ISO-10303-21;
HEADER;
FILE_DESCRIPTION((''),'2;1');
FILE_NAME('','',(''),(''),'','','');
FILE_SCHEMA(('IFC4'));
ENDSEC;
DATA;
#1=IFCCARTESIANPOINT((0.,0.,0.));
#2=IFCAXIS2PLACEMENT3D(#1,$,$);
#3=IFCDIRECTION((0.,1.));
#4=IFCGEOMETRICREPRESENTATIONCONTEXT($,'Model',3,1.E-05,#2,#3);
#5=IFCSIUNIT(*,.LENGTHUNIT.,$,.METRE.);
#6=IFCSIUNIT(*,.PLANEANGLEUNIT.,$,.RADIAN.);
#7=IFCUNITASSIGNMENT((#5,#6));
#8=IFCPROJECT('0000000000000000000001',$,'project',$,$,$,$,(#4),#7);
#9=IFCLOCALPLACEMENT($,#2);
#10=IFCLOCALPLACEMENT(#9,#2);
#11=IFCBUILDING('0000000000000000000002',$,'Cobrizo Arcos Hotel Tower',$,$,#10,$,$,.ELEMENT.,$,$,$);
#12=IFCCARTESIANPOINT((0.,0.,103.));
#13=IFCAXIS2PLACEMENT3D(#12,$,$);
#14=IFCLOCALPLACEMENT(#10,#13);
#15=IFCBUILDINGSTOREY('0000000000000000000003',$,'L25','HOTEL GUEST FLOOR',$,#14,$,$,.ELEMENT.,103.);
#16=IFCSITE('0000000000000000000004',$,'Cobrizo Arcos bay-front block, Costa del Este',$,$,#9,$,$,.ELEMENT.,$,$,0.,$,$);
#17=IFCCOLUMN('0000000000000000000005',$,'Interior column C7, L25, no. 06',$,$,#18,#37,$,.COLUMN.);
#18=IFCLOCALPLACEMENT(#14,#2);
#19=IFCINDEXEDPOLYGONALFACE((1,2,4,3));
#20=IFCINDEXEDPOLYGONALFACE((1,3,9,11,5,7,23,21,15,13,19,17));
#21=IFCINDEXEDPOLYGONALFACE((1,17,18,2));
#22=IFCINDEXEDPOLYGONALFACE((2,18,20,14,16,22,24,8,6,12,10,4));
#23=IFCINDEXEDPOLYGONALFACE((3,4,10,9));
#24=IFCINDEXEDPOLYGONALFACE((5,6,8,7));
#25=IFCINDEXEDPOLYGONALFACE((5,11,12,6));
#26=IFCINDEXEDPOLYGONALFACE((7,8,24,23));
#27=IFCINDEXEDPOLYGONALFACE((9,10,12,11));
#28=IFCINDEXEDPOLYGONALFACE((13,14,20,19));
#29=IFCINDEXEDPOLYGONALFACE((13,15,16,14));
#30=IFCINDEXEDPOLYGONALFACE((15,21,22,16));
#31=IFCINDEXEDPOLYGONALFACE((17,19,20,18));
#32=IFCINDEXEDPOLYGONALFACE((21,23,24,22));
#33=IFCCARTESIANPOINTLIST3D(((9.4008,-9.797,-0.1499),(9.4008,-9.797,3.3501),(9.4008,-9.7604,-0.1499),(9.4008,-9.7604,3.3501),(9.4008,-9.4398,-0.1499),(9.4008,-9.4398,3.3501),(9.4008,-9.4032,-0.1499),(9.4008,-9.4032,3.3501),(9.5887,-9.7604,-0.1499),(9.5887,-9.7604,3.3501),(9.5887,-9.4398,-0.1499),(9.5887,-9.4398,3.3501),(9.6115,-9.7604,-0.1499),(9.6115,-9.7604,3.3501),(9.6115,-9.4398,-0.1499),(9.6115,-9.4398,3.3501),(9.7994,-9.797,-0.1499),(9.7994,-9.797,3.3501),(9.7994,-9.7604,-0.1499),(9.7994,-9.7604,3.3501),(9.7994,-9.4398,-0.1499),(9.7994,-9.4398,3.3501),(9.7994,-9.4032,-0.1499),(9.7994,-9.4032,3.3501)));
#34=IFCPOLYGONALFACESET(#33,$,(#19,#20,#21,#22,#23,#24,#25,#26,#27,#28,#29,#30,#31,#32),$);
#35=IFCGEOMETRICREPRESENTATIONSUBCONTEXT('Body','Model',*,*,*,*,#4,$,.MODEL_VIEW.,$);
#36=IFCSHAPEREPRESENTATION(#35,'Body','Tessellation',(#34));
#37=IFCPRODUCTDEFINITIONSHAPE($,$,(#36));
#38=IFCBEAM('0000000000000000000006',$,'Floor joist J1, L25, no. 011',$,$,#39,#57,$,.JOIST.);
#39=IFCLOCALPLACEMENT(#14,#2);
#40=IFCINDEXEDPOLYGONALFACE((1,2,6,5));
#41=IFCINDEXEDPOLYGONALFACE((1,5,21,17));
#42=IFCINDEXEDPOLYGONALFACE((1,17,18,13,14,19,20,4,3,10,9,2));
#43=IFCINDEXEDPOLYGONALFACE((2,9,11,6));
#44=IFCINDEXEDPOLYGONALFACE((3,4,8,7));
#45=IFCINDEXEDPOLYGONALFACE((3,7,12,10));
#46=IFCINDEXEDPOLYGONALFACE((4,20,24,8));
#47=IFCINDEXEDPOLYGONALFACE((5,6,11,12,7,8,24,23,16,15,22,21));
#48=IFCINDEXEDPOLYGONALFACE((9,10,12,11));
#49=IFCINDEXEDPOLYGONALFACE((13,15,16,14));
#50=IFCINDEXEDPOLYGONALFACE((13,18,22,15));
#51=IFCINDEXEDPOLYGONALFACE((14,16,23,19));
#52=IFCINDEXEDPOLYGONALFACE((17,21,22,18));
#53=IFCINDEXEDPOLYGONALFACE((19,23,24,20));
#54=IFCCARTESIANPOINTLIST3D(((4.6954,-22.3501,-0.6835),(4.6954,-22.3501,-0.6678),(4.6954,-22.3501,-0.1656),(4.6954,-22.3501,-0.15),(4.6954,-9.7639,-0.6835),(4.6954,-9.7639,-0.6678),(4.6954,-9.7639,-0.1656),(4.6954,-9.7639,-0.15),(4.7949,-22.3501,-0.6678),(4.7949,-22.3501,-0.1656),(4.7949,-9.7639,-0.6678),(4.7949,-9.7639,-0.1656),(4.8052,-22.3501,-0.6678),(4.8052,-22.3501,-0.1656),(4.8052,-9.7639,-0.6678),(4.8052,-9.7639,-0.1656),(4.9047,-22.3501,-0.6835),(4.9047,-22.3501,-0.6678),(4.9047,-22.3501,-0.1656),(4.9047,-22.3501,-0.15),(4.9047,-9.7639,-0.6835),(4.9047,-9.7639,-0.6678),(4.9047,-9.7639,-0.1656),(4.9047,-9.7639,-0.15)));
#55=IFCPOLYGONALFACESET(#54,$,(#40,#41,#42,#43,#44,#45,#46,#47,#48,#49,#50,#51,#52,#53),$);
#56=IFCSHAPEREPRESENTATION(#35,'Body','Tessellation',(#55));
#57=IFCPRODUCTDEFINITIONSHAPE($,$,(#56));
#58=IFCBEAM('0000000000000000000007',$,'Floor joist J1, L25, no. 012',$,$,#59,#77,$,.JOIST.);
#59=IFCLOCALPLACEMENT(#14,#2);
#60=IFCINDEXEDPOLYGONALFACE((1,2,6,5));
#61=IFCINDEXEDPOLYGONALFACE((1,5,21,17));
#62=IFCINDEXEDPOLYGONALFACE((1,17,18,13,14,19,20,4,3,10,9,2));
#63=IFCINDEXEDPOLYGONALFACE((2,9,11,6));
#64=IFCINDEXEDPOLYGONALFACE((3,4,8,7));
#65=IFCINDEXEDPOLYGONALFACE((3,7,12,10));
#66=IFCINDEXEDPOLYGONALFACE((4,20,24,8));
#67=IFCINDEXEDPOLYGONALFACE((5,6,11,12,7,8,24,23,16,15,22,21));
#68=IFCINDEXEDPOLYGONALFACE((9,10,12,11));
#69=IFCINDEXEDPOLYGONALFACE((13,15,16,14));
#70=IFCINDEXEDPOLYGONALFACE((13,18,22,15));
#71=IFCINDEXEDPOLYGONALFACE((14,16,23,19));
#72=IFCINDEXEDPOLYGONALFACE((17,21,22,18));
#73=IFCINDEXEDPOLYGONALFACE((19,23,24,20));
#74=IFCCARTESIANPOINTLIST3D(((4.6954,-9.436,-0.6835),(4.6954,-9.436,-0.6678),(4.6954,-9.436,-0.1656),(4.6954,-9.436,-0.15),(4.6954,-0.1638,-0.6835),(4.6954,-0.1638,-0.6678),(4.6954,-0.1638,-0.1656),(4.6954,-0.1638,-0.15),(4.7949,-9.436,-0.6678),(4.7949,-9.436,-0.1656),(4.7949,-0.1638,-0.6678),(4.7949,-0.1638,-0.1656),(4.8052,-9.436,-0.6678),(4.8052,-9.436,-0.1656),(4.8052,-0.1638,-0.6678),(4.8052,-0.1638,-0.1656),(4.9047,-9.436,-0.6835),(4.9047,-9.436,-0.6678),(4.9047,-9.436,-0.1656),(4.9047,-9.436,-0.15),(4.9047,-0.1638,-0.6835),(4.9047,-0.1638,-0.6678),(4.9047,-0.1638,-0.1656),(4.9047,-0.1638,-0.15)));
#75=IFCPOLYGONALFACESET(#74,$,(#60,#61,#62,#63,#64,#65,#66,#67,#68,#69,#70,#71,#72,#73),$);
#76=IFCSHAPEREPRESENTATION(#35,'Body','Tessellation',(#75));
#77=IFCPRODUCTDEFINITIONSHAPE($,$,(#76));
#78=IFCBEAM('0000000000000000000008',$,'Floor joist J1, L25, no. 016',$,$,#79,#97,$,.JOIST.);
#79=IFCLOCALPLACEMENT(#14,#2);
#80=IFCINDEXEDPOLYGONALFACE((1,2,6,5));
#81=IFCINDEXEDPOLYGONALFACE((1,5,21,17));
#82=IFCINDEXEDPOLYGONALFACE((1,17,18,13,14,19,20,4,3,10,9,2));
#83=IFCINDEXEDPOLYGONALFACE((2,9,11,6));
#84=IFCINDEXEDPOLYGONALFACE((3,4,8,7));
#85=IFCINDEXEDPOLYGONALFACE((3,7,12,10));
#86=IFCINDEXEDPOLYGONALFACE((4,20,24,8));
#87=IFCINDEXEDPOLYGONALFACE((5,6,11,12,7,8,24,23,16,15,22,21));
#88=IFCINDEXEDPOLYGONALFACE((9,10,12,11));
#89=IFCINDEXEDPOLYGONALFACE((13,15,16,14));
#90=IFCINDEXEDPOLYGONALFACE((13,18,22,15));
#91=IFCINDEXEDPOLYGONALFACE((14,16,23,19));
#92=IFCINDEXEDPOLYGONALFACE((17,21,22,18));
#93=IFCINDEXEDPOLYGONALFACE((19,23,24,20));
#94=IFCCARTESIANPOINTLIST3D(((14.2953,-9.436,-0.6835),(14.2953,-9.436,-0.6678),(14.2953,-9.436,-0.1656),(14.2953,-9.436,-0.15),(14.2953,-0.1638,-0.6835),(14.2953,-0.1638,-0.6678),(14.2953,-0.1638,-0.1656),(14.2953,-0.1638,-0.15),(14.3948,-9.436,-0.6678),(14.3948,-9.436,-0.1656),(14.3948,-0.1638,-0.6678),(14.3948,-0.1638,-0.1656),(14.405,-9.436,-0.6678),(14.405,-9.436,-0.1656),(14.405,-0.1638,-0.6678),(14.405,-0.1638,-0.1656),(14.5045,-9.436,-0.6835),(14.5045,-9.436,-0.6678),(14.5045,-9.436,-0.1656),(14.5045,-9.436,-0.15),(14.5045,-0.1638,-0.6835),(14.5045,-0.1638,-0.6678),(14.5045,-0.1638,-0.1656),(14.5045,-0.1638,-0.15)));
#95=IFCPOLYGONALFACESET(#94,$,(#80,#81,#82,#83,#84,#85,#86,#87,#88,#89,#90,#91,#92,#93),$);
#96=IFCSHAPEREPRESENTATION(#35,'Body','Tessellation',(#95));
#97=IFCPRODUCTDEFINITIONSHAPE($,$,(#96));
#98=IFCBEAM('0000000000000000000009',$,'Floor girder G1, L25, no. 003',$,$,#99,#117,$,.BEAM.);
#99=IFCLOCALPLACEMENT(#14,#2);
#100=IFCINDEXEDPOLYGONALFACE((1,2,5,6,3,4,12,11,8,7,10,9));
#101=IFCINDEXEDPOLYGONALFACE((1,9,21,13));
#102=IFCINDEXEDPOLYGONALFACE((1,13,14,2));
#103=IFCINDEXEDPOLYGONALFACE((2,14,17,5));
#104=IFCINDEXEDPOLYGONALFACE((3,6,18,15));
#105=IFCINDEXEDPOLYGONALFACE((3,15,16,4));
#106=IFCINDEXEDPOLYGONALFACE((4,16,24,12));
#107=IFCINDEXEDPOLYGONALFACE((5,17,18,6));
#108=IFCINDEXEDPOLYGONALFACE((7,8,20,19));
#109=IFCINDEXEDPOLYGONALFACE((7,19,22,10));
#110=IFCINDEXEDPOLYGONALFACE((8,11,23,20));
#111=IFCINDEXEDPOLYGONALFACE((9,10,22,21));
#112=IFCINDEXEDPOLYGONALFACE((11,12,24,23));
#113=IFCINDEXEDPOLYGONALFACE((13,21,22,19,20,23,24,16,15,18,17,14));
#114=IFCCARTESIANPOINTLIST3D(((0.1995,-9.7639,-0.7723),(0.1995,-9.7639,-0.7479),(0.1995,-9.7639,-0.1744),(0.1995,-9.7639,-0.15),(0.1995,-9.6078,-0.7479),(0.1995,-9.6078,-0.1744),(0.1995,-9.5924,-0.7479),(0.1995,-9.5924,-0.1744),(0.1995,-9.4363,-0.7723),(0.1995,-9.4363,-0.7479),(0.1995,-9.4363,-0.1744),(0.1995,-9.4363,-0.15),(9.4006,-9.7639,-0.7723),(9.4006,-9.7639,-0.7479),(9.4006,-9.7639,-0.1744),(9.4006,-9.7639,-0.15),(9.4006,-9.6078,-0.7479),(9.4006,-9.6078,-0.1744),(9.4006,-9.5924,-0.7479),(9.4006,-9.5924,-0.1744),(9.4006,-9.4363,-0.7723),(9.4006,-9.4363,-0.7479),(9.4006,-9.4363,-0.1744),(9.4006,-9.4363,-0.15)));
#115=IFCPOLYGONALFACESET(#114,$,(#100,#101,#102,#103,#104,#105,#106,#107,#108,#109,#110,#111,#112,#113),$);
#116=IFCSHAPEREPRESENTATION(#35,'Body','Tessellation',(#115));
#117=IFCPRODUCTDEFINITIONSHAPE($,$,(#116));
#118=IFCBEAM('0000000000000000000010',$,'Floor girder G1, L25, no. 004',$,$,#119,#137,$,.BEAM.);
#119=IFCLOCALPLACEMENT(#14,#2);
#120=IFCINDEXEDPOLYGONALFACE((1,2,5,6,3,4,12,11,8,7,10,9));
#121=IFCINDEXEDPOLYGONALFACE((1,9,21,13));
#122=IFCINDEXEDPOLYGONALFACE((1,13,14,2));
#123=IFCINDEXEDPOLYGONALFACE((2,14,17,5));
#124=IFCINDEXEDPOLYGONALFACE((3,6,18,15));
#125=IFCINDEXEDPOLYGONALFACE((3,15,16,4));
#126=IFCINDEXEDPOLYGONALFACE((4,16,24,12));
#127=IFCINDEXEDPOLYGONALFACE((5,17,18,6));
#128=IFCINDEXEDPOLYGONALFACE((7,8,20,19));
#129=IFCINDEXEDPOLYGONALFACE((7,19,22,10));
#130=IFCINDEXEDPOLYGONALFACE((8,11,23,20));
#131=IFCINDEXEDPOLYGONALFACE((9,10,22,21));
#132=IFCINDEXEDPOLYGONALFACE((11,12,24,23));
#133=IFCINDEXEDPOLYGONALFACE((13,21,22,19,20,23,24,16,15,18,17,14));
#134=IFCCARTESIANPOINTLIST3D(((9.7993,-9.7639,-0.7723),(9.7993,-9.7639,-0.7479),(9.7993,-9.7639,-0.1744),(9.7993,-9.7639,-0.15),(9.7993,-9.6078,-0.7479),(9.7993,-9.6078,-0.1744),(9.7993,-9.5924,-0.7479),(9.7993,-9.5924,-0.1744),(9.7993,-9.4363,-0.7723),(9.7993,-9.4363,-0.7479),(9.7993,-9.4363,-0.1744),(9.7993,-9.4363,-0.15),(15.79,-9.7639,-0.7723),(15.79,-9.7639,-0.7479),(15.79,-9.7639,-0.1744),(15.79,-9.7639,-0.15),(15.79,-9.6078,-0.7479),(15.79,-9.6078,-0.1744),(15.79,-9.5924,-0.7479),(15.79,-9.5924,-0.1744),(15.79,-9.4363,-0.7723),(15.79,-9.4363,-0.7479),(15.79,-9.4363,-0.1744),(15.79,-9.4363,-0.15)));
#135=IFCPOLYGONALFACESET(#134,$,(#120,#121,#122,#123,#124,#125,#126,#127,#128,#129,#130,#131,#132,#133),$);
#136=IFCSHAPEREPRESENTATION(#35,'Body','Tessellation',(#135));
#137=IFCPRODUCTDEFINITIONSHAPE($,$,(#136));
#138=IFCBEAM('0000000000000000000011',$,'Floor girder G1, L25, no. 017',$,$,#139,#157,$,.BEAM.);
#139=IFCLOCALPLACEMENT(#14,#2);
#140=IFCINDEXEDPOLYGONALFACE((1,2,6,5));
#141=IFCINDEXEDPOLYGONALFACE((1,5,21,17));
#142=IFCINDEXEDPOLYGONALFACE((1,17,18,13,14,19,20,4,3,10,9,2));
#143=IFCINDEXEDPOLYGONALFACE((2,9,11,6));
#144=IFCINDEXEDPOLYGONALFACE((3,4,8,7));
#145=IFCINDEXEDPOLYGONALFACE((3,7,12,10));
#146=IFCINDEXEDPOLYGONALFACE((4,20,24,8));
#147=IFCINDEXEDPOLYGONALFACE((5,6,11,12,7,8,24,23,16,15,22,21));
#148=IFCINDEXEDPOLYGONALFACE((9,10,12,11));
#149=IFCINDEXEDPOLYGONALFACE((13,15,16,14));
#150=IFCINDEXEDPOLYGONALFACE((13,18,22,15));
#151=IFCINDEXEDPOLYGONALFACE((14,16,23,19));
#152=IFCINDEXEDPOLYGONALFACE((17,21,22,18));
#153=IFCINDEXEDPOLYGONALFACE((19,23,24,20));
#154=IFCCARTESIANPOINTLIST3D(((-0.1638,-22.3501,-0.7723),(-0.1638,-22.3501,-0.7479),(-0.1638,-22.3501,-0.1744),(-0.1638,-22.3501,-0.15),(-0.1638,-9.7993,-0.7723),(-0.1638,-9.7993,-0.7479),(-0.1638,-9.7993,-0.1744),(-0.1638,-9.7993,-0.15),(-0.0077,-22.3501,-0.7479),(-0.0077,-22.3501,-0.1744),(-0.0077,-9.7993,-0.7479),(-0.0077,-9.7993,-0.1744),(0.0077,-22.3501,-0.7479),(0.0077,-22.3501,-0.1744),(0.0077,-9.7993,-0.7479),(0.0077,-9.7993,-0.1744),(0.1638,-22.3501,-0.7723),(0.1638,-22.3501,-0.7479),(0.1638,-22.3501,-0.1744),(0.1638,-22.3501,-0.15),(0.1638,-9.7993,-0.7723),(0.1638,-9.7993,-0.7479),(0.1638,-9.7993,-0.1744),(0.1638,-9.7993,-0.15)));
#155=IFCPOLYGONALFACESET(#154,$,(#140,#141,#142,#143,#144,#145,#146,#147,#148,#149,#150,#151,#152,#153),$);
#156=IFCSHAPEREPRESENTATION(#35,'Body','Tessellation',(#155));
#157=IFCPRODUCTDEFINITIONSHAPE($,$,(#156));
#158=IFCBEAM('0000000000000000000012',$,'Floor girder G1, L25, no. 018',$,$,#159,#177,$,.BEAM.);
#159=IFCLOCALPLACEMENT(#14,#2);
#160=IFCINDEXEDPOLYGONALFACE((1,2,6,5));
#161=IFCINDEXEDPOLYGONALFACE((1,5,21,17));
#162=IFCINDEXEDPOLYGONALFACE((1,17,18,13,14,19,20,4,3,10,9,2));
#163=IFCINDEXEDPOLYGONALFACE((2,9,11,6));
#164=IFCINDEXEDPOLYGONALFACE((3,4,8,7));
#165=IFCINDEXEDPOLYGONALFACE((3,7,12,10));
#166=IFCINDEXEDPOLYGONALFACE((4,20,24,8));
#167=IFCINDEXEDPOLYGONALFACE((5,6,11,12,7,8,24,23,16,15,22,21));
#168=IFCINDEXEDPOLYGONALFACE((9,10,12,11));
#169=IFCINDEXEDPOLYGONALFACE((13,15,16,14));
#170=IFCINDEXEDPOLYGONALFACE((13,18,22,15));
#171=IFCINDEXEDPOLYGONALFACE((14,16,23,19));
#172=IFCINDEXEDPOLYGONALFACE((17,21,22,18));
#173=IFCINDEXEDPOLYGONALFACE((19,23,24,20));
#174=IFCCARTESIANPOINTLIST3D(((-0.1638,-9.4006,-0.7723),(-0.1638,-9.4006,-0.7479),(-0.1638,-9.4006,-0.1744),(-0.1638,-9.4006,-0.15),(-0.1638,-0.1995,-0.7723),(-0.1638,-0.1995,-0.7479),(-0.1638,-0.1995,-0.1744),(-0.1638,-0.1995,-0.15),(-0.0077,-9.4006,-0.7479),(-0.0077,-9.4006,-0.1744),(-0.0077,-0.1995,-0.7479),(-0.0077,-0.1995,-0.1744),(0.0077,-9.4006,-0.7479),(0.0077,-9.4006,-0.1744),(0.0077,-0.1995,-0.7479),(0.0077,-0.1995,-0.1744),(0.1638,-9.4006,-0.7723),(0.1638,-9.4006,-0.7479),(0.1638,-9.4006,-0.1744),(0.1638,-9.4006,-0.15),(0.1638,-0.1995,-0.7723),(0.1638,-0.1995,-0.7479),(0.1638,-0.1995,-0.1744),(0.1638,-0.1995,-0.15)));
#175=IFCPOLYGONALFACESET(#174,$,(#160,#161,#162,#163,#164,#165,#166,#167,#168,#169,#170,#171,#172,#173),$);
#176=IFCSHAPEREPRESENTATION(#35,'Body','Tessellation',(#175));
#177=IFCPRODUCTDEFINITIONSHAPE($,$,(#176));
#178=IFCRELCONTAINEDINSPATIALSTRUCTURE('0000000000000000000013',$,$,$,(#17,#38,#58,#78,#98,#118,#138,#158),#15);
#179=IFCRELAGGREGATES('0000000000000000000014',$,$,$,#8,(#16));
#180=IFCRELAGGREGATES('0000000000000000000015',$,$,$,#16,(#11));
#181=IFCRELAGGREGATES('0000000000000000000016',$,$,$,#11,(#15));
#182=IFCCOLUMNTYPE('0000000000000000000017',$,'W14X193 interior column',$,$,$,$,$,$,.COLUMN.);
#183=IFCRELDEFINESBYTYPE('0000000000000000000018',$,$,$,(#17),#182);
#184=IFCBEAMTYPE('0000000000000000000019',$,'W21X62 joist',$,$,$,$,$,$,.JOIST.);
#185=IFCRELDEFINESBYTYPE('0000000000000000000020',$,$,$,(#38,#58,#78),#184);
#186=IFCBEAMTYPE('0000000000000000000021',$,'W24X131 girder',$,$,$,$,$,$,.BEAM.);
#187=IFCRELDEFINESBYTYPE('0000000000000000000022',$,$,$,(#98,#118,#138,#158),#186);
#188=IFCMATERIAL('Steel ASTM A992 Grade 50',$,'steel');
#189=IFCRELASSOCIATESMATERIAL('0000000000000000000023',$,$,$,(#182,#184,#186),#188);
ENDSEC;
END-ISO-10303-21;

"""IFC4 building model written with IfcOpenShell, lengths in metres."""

from ifc_helpers import new_model, si_unit, direction, frame, origin, origin_2d, place, context, subcontext, project, spatial, i_section, extrude, material, material_profile, profile_set, type_object, element, save


model = new_model("IFC4")

# Units and contexts
model_context = context("Model", 3, precision=1e-05, world=origin(), true_north=direction((0.0, 1.0)))
body_context = subcontext(model_context, "Body", "Model", "MODEL_VIEW")
ifc_project = project(units=[si_unit("LENGTHUNIT", "METRE"), si_unit("PLANEANGLEUNIT", "RADIAN")], contexts=[model_context])

# Site, building, storey
site_placement = place(None, origin())
site = spatial("IfcSite", under=ifc_project, at=site_placement, Name="Cobrizo Arcos bay-front block, Costa del Este", CompositionType="ELEMENT", RefElevation=0.0)
building_placement = place(site_placement, origin())
building = spatial("IfcBuilding", under=site, at=building_placement, Name="Cobrizo Arcos Hotel Tower", CompositionType="ELEMENT")
storey_placement = place(building_placement, frame((0.0, 0.0, 103.0)))
storey = spatial("IfcBuildingStorey", under=building, at=storey_placement, Name="L25", Description="HOTEL GUEST FLOOR", CompositionType="ELEMENT", Elevation=103.0)

# Column
ifc_material_1 = material(Name="Steel ASTM A992 Grade 50", Category="steel")
ifc_material_profile_1 = material_profile(ifc_material_1, i_section(OverallWidth=0.3987, OverallDepth=0.3938, WebThickness=0.0227, FlangeThickness=0.0366, at=origin_2d()), Name="W14X193")
ifc_profile_set_1 = profile_set([ifc_material_profile_1], Name="Steel ASTM A992 Grade 50")
column_type = type_object("IfcColumnType", Name="W14X193 interior column", PredefinedType="COLUMN", material=ifc_profile_set_1)
column_placement = place(storey_placement, frame((9.6001, -9.6001, -0.1499), z_axis=(0.0, 0.0, 1.0), x_axis=(1.0, 0.0, 0.0)))
element("IfcColumn", 1, at=column_placement, inside=storey, type_object=column_type, Name="Interior column C7, L25, no. 06", PredefinedType="COLUMN", context=body_context, shape_type="SweptSolid", body=[
    extrude(i_section(OverallWidth=0.3987, OverallDepth=0.3938, WebThickness=0.0227, FlangeThickness=0.0366, at=origin_2d()), origin(), (0.0, 0.0, 1.0), 3.5),
])

# Beams
ifc_material_profile_2 = material_profile(ifc_material_1, i_section(OverallWidth=0.2092, OverallDepth=0.5334, WebThickness=0.0103, FlangeThickness=0.0156, at=origin_2d()), Name="W21X62")
ifc_profile_set_2 = profile_set([ifc_material_profile_2], Name="Steel ASTM A992 Grade 50")
beam_type_1 = type_object("IfcBeamType", Name="W21X62 joist", PredefinedType="JOIST", material=ifc_profile_set_2)
beam_1_placement = place(storey_placement, frame((4.8, -22.3501, -0.4167), z_axis=(0.0, 1.0, 0.0), x_axis=(-1.0, 0.0, 0.0)))
element("IfcBeam", 2, at=beam_1_placement, inside=storey, type_object=beam_type_1, Name="Floor joist J1, L25, no. 011", PredefinedType="JOIST", context=body_context, shape_type="SweptSolid", body=[
    extrude(i_section(OverallWidth=0.2092, OverallDepth=0.5334, WebThickness=0.0103, FlangeThickness=0.0156, at=origin_2d()), origin(), (0.0, 0.0, 1.0), 12.5862),
])
for number, where, z_axis, x_axis, name in (
    (3, (4.8, -9.436, -0.4167), (0.0, 1.0, 0.0), (-1.0, 0.0, 0.0), "Floor joist J1, L25, no. 012"),
    (4, (14.3999, -9.436, -0.4167), (0.0, 1.0, 0.0), (-1.0, 0.0, 0.0), "Floor joist J1, L25, no. 016"),
):
    element("IfcBeam", number, at=place(storey_placement, frame(where, z_axis=z_axis, x_axis=x_axis)), inside=storey, type_object=beam_type_1, Name=name, PredefinedType="JOIST", context=body_context, shape_type="SweptSolid", body=[
        extrude(i_section(OverallWidth=0.2092, OverallDepth=0.5334, WebThickness=0.0103, FlangeThickness=0.0156, at=origin_2d()), origin(), (0.0, 0.0, 1.0), 9.2722),
    ])
ifc_material_profile_3 = material_profile(ifc_material_1, i_section(OverallWidth=0.3276, OverallDepth=0.6223, WebThickness=0.0154, FlangeThickness=0.0244, at=origin_2d()), Name="W24X131")
ifc_profile_set_3 = profile_set([ifc_material_profile_3], Name="Steel ASTM A992 Grade 50")
beam_type_2 = type_object("IfcBeamType", Name="W24X131 girder", PredefinedType="BEAM", material=ifc_profile_set_3)
beam_2_placement = place(storey_placement, frame((0.1995, -9.6001, -0.4612), z_axis=(1.0, 0.0, 0.0), x_axis=(0.0, 1.0, 0.0)))
element("IfcBeam", 5, at=beam_2_placement, inside=storey, type_object=beam_type_2, Name="Floor girder G1, L25, no. 003", PredefinedType="BEAM", context=body_context, shape_type="SweptSolid", body=[
    extrude(i_section(OverallWidth=0.3276, OverallDepth=0.6223, WebThickness=0.0154, FlangeThickness=0.0244, at=origin_2d()), origin(), (0.0, 0.0, 1.0), 9.2012),
])
beam_3_placement = place(storey_placement, frame((9.7993, -9.6001, -0.4612), z_axis=(1.0, 0.0, 0.0), x_axis=(0.0, 1.0, 0.0)))
element("IfcBeam", 6, at=beam_3_placement, inside=storey, type_object=beam_type_2, Name="Floor girder G1, L25, no. 004", PredefinedType="BEAM", context=body_context, shape_type="SweptSolid", body=[
    extrude(i_section(OverallWidth=0.3276, OverallDepth=0.6223, WebThickness=0.0154, FlangeThickness=0.0244, at=origin_2d()), origin(), (0.0, 0.0, 1.0), 5.9907),
])
beam_4_placement = place(storey_placement, frame((0.0, -22.3501, -0.4612), z_axis=(0.0, 1.0, 0.0), x_axis=(-1.0, 0.0, 0.0)))
element("IfcBeam", 7, at=beam_4_placement, inside=storey, type_object=beam_type_2, Name="Floor girder G1, L25, no. 017", PredefinedType="BEAM", context=body_context, shape_type="SweptSolid", body=[
    extrude(i_section(OverallWidth=0.3276, OverallDepth=0.6223, WebThickness=0.0154, FlangeThickness=0.0244, at=origin_2d()), origin(), (0.0, 0.0, 1.0), 12.5508),
])
beam_5_placement = place(storey_placement, frame((0.0, -9.4006, -0.4612), z_axis=(0.0, 1.0, 0.0), x_axis=(-1.0, 0.0, 0.0)))
element("IfcBeam", 8, at=beam_5_placement, inside=storey, type_object=beam_type_2, Name="Floor girder G1, L25, no. 018", PredefinedType="BEAM", context=body_context, shape_type="SweptSolid", body=[
    extrude(i_section(OverallWidth=0.3276, OverallDepth=0.6223, WebThickness=0.0154, FlangeThickness=0.0244, at=origin_2d()), origin(), (0.0, 0.0, 1.0), 9.2012),
])

save(model, "model.ifc")
